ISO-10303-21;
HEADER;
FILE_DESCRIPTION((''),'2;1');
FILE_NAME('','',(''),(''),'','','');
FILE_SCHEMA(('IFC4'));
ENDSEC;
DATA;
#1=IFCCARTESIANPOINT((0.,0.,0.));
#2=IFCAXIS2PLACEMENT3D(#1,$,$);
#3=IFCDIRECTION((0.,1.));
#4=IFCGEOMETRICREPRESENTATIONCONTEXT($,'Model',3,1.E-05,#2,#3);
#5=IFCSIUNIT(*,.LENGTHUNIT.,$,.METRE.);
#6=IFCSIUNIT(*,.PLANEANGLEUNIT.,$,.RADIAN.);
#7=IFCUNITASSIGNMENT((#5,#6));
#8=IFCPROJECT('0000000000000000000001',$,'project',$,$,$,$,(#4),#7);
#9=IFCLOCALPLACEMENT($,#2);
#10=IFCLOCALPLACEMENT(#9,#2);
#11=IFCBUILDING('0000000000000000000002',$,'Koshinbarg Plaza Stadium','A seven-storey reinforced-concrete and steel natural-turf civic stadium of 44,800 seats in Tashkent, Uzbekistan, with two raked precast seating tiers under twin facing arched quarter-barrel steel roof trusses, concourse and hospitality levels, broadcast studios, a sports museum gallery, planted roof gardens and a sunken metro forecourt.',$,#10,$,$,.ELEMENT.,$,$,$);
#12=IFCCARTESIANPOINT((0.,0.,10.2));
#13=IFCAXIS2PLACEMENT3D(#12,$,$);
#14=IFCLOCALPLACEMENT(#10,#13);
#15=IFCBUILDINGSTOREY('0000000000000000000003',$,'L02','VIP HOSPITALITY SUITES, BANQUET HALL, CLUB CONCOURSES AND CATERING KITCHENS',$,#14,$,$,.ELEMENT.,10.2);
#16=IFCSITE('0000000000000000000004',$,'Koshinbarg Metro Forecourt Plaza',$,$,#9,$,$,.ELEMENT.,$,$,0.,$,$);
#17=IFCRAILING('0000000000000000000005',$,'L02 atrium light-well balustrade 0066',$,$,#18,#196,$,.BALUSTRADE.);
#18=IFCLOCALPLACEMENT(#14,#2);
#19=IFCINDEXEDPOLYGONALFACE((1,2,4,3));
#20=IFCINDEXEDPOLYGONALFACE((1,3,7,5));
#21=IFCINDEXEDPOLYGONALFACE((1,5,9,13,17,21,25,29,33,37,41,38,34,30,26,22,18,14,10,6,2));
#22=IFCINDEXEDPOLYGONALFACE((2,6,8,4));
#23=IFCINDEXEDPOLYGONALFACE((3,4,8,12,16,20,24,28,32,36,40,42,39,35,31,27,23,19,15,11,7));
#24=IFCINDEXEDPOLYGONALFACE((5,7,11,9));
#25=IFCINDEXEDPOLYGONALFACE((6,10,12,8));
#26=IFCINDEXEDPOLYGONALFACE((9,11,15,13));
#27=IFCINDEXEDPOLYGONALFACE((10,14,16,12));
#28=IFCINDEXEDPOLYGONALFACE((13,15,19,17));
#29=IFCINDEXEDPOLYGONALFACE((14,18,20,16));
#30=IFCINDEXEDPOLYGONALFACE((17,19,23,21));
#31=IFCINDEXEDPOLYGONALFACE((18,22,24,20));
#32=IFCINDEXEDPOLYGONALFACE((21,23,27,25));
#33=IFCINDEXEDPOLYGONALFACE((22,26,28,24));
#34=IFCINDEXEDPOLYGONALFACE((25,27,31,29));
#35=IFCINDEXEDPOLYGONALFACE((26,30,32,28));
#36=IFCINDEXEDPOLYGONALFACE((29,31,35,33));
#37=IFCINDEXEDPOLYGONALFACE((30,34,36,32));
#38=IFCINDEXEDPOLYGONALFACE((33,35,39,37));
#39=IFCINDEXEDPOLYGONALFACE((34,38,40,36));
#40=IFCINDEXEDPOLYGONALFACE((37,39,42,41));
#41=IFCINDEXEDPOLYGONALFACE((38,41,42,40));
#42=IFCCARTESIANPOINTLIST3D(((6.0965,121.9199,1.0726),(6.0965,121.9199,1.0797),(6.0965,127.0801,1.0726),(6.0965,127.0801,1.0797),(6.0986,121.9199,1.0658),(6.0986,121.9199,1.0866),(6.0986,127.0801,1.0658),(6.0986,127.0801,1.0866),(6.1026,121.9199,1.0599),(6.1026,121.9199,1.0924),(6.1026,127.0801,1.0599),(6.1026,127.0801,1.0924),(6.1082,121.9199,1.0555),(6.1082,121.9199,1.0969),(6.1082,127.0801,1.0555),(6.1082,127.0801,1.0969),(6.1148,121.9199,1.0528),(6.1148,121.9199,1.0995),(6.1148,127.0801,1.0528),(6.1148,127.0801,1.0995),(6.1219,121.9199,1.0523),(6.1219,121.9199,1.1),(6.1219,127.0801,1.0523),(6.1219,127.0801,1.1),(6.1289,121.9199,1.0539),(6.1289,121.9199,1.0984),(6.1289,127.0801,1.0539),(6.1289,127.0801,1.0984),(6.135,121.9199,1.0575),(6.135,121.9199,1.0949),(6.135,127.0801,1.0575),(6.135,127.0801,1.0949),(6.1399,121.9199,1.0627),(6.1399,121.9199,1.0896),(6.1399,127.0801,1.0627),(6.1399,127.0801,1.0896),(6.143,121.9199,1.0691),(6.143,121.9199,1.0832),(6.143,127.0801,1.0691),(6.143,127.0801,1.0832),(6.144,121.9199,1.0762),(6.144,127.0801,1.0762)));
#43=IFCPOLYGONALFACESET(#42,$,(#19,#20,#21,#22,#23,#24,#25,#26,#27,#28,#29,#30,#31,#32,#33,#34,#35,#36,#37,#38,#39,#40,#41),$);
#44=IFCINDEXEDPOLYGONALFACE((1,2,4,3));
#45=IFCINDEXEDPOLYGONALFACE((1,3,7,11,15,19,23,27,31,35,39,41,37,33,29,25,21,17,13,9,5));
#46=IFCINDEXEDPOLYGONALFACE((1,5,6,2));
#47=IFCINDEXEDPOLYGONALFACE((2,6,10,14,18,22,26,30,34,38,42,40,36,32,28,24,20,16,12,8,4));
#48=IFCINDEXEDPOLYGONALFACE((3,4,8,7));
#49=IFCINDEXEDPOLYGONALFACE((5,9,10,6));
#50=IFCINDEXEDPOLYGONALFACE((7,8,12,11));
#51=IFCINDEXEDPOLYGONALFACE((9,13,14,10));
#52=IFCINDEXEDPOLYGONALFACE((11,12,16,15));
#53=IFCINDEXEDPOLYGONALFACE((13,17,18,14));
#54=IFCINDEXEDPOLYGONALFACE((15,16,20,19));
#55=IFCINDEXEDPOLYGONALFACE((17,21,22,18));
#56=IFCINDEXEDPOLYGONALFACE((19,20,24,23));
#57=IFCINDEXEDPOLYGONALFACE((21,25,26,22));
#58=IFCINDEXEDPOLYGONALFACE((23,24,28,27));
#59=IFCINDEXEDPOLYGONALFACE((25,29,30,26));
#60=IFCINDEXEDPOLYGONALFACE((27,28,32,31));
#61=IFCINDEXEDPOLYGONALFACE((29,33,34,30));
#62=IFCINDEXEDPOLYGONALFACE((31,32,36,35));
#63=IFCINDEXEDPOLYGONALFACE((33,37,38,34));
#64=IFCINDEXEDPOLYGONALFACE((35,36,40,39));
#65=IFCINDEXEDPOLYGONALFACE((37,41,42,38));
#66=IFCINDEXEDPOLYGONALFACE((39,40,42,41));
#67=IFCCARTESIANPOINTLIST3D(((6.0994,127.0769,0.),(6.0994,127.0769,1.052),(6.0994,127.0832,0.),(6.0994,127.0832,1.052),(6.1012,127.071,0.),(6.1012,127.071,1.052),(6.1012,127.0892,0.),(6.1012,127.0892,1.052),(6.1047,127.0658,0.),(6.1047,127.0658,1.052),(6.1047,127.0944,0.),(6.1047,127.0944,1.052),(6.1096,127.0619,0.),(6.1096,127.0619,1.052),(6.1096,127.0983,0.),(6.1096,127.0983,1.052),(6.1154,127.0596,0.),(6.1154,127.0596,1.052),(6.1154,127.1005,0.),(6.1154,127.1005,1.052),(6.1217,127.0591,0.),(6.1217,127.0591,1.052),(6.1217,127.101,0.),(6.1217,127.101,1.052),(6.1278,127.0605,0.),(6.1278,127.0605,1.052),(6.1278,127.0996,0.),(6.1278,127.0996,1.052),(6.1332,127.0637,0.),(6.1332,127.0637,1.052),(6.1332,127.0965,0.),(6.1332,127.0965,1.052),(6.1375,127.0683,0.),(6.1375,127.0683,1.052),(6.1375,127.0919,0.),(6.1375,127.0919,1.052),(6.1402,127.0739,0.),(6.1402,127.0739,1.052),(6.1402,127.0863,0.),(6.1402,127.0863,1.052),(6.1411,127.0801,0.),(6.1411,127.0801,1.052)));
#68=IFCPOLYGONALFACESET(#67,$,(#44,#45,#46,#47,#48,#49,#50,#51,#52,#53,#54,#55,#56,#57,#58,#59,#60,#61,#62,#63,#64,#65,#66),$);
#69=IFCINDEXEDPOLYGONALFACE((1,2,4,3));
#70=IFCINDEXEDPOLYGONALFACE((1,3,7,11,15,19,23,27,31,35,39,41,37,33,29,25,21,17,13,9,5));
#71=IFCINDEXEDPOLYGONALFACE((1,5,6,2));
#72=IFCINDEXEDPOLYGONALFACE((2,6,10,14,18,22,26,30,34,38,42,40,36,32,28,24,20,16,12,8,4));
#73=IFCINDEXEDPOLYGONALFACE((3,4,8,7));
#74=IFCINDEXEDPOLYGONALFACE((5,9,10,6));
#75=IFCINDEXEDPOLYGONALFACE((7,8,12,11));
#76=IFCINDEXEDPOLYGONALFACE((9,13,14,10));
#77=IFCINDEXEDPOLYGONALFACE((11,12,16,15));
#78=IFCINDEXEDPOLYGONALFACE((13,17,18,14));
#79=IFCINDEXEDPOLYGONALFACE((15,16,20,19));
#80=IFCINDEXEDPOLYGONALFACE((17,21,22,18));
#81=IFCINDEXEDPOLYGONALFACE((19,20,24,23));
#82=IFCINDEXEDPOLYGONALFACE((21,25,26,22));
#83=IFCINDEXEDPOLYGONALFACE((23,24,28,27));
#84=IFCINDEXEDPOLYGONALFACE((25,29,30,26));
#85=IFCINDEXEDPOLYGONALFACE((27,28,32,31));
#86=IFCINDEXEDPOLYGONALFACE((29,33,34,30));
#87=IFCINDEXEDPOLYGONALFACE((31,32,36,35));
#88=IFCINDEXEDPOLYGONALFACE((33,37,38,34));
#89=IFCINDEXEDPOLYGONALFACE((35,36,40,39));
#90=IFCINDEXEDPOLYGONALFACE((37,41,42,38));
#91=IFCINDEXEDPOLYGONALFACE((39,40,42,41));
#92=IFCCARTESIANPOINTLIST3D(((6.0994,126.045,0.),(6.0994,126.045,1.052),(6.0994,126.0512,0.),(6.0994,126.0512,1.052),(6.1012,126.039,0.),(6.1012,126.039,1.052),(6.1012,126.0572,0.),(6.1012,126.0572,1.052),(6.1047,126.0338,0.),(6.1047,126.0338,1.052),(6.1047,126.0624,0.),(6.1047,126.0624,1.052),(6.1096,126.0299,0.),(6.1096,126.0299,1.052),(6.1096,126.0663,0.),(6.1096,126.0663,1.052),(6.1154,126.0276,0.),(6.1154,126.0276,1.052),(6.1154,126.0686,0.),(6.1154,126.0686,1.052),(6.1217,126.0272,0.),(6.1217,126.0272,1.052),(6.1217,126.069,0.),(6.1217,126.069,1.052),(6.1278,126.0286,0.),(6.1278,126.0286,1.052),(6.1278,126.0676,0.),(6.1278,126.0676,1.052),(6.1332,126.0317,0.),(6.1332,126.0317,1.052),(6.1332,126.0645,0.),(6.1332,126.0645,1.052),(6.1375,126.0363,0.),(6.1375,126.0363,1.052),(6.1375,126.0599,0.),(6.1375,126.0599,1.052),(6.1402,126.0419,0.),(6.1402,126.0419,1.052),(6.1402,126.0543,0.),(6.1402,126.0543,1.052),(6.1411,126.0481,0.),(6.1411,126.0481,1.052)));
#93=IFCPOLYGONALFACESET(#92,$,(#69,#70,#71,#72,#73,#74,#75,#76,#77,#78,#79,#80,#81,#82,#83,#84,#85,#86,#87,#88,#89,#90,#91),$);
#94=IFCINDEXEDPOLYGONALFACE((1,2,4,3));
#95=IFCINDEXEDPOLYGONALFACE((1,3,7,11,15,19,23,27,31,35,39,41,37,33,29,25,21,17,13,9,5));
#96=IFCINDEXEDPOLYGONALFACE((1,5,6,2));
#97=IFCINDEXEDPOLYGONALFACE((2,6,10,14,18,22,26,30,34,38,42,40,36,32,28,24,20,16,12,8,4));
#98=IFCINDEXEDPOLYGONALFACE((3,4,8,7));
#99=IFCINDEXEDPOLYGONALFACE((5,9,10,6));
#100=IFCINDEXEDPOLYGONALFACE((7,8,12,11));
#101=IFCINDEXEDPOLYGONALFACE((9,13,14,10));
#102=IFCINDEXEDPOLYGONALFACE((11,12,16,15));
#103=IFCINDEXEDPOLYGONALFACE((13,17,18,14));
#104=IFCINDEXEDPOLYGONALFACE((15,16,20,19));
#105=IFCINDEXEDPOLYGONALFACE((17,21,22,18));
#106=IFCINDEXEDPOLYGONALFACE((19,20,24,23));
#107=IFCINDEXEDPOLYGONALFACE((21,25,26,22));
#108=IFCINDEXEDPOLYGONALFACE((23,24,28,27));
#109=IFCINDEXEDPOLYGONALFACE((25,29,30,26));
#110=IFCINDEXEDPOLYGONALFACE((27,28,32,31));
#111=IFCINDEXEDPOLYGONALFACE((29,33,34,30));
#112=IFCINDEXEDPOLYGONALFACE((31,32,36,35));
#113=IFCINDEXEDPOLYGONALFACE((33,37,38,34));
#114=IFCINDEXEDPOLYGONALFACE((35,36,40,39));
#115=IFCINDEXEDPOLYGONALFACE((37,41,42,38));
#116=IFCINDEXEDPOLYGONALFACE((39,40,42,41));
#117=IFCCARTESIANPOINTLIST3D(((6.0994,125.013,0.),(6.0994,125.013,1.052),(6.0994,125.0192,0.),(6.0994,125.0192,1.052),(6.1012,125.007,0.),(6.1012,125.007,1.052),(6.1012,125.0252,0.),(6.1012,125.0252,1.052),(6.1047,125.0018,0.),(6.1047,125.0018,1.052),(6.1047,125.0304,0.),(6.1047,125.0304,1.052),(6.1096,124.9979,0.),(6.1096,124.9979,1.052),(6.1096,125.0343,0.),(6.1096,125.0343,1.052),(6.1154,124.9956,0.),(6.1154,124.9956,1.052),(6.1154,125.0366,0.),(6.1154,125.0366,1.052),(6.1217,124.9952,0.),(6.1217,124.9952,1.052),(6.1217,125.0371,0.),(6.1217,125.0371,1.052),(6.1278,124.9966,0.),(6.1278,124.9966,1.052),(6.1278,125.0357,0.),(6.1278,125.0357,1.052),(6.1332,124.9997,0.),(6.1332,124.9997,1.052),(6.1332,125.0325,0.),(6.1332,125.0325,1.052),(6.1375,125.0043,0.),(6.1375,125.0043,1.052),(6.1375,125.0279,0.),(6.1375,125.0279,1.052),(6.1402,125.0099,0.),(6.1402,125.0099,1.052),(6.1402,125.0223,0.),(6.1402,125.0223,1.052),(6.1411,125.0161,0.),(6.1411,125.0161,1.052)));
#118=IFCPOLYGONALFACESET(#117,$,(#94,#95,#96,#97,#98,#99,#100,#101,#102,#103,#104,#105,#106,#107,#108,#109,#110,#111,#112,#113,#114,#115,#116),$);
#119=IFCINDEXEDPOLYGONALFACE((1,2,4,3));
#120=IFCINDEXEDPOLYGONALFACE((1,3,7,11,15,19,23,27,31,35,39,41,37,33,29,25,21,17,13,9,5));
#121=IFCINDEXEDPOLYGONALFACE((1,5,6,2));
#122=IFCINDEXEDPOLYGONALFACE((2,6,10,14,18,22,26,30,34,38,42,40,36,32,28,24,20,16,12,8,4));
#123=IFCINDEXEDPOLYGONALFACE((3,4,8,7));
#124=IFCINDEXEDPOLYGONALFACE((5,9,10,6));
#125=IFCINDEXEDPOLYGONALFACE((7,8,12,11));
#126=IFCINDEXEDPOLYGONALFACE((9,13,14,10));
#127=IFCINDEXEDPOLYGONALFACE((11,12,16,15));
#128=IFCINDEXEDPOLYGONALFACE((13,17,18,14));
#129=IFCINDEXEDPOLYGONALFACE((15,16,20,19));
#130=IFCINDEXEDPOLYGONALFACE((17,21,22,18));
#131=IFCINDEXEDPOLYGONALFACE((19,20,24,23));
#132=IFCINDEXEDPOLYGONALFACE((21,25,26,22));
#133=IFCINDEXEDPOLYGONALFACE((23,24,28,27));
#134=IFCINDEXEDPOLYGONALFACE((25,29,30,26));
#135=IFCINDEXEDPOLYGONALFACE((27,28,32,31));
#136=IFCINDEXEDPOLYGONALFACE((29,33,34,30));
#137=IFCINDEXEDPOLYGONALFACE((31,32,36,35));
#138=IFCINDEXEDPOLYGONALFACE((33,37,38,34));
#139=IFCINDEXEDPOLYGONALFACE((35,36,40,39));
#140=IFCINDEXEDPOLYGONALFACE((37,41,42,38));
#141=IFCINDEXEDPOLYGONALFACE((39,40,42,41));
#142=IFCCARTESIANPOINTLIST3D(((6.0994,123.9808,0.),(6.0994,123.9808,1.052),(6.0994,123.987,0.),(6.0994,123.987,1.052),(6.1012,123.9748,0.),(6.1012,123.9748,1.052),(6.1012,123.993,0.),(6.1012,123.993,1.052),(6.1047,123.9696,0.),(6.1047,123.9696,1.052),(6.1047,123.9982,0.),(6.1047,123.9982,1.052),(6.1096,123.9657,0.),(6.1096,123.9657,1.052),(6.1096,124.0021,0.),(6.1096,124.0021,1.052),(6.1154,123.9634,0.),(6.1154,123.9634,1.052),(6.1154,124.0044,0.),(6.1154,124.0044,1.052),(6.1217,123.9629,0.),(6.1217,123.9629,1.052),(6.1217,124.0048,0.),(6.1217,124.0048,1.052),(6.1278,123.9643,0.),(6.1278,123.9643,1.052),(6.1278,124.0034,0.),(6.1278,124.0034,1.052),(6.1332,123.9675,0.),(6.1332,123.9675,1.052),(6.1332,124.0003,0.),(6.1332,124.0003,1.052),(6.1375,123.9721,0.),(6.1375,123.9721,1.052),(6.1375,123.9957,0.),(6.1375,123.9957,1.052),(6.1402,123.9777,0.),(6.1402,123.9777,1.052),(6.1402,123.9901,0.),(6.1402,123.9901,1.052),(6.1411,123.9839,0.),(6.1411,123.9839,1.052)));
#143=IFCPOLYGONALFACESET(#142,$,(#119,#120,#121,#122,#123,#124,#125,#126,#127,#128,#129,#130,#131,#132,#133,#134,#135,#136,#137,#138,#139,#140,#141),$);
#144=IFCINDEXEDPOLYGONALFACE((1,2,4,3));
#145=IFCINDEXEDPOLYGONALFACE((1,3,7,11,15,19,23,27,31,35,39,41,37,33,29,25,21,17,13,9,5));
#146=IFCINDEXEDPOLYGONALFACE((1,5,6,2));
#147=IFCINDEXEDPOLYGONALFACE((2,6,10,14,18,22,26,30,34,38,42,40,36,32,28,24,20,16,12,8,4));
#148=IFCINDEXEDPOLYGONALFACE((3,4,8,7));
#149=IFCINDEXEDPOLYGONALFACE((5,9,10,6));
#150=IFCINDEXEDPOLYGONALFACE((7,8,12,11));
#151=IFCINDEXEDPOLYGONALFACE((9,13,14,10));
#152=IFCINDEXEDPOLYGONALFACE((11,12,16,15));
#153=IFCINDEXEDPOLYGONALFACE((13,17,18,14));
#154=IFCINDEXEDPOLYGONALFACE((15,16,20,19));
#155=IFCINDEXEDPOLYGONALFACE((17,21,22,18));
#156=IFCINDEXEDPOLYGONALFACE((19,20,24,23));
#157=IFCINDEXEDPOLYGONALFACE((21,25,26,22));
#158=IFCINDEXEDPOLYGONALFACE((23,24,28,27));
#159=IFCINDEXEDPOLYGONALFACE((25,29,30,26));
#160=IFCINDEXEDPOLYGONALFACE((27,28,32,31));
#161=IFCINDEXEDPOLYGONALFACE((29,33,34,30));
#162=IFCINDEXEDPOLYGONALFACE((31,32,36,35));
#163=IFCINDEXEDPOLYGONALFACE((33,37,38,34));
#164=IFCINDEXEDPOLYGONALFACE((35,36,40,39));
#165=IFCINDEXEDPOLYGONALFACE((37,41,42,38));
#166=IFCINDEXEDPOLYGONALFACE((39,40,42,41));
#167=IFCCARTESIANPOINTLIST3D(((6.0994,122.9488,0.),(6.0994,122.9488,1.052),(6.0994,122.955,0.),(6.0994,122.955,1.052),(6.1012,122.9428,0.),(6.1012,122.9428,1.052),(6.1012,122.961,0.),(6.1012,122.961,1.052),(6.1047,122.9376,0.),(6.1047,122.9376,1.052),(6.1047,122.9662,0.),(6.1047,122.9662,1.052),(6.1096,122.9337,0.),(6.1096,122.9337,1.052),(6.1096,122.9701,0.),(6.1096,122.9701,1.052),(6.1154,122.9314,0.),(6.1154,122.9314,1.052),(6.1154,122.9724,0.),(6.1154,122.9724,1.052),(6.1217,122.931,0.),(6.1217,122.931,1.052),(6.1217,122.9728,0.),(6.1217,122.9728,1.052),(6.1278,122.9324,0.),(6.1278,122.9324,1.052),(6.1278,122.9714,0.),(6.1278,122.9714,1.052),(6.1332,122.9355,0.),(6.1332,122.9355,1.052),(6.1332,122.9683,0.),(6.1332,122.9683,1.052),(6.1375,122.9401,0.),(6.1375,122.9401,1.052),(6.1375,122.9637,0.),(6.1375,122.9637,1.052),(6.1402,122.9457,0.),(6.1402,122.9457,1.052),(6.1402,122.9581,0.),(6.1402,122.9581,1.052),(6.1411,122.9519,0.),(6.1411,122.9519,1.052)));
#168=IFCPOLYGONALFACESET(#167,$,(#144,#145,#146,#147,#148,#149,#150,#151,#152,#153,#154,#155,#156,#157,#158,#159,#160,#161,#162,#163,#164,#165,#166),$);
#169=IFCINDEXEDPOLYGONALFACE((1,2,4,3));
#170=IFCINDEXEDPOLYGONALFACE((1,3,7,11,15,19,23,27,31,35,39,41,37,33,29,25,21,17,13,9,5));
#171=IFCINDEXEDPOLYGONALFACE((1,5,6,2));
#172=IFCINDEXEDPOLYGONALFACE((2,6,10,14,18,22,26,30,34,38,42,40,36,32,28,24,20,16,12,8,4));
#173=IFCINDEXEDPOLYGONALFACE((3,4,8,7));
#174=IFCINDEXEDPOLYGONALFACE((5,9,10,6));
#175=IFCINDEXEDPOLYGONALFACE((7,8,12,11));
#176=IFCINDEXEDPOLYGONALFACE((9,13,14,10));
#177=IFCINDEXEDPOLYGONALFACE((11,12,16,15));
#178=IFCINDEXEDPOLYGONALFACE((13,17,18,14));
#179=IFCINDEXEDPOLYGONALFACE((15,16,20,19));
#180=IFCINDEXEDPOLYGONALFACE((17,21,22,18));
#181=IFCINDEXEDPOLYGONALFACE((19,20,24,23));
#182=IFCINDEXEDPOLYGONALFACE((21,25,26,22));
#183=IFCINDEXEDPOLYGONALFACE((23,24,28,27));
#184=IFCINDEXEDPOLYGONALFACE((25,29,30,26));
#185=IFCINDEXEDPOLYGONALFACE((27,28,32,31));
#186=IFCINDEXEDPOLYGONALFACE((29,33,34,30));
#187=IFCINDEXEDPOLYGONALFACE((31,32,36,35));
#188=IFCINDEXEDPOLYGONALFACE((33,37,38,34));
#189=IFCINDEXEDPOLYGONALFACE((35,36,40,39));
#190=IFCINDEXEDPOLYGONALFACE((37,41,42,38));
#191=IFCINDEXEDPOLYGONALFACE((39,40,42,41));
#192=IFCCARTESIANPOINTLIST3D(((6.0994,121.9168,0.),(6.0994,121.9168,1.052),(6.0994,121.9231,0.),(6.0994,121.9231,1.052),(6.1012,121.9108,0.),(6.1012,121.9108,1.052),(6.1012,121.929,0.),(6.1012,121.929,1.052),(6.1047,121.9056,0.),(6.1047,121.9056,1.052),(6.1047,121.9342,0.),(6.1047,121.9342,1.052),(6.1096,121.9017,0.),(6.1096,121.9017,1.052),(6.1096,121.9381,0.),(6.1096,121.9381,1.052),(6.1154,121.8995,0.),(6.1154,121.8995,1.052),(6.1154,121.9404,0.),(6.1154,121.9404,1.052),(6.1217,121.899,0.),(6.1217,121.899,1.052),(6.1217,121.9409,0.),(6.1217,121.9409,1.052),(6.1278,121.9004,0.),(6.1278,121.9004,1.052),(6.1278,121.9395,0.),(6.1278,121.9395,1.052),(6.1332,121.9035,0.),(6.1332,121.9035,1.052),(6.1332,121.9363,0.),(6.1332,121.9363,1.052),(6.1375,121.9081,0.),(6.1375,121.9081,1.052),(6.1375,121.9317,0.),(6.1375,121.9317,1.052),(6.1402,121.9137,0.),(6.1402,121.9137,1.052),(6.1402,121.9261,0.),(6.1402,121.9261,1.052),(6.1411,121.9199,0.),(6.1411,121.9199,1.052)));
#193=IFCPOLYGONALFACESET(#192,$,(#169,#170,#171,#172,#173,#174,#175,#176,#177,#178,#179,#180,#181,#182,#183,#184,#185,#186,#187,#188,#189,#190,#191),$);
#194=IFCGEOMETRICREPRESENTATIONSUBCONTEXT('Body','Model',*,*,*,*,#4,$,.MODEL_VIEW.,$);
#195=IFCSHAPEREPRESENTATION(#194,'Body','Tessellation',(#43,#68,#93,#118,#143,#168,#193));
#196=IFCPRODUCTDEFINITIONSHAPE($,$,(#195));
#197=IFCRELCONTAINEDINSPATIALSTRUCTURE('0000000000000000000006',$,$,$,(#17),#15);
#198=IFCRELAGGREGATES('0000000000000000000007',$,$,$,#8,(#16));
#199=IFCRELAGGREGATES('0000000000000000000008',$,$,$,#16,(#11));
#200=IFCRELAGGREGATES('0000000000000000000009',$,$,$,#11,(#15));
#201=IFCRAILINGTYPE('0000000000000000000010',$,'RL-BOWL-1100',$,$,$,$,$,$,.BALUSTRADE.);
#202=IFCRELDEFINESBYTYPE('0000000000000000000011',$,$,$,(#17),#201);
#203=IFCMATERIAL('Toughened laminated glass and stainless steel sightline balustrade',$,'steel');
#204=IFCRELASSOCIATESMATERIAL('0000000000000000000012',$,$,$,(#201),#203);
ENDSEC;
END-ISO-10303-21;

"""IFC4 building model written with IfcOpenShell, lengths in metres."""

from ifc_helpers import new_model, si_unit, direction, frame, origin, origin_2d, place, context, subcontext, project, spatial, circle, extrude, material, type_object, element, save


model = new_model("IFC4")

# Units and contexts
model_context = context("Model", 3, precision=1e-05, world=origin(), true_north=direction((0.0, 1.0)))
body_context = subcontext(model_context, "Body", "Model", "MODEL_VIEW")
ifc_project = project(units=[si_unit("LENGTHUNIT", "METRE"), si_unit("PLANEANGLEUNIT", "RADIAN")], contexts=[model_context])

# Site, building, storey
site_placement = place(None, origin())
site = spatial("IfcSite", under=ifc_project, at=site_placement, Name="Koshinbarg Metro Forecourt Plaza", CompositionType="ELEMENT", RefElevation=0.0)
building_placement = place(site_placement, origin())
building = spatial("IfcBuilding", under=site, at=building_placement, Name="Koshinbarg Plaza Stadium", Description="A seven-storey reinforced-concrete and steel natural-turf civic stadium of 44,800 seats in Tashkent, Uzbekistan, with two raked precast seating tiers under twin facing arched quarter-barrel steel roof trusses, concourse and hospitality levels, broadcast studios, a sports museum gallery, planted roof gardens and a sunken metro forecourt.", CompositionType="ELEMENT")
storey_placement = place(building_placement, frame((0.0, 0.0, 10.2)))
storey = spatial("IfcBuildingStorey", under=building, at=storey_placement, Name="L02", Description="VIP HOSPITALITY SUITES, BANQUET HALL, CLUB CONCOURSES AND CATERING KITCHENS", CompositionType="ELEMENT", Elevation=10.2)

# Railing
ifc_material_1 = material(Name="Toughened laminated glass and stainless steel sightline balustrade", Category="steel")
railing_type = type_object("IfcRailingType", Name="RL-BOWL-1100", PredefinedType="BALUSTRADE", material=ifc_material_1)
railing_1_placement = place(storey_placement, frame((6.1201, 127.0801, 0.0)))
element("IfcRailing", 1, at=railing_1_placement, inside=storey, type_object=railing_type, Name="L02 atrium light-well balustrade 0066", PredefinedType="BALUSTRADE", context=body_context, shape_type="SweptSolid", body=[
    extrude(circle(Radius=0.0239, at=origin_2d()), frame((0.0, 0.0, 1.0762), z_axis=(0.0, -1.0, 0.0), x_axis=(1.0, 0.0, 0.0)), (0.0, 0.0, 1.0), 5.1602),
    extrude(circle(Radius=0.021, at=origin_2d()), origin(), (0.0, 0.0, 1.0), 1.052),
    extrude(circle(Radius=0.021, at=origin_2d()), frame((0.0, -1.032, 0.0)), (0.0, 0.0, 1.0), 1.052),
    extrude(circle(Radius=0.021, at=origin_2d()), frame((0.0, -2.064, 0.0)), (0.0, 0.0, 1.0), 1.052),
    extrude(circle(Radius=0.021, at=origin_2d()), frame((0.0, -3.0962, 0.0)), (0.0, 0.0, 1.0), 1.052),
    extrude(circle(Radius=0.021, at=origin_2d()), frame((0.0, -4.1282, 0.0)), (0.0, 0.0, 1.0), 1.052),
    extrude(circle(Radius=0.021, at=origin_2d()), frame((0.0, -5.1602, 0.0)), (0.0, 0.0, 1.0), 1.052),
])

save(model, "model.ifc")
